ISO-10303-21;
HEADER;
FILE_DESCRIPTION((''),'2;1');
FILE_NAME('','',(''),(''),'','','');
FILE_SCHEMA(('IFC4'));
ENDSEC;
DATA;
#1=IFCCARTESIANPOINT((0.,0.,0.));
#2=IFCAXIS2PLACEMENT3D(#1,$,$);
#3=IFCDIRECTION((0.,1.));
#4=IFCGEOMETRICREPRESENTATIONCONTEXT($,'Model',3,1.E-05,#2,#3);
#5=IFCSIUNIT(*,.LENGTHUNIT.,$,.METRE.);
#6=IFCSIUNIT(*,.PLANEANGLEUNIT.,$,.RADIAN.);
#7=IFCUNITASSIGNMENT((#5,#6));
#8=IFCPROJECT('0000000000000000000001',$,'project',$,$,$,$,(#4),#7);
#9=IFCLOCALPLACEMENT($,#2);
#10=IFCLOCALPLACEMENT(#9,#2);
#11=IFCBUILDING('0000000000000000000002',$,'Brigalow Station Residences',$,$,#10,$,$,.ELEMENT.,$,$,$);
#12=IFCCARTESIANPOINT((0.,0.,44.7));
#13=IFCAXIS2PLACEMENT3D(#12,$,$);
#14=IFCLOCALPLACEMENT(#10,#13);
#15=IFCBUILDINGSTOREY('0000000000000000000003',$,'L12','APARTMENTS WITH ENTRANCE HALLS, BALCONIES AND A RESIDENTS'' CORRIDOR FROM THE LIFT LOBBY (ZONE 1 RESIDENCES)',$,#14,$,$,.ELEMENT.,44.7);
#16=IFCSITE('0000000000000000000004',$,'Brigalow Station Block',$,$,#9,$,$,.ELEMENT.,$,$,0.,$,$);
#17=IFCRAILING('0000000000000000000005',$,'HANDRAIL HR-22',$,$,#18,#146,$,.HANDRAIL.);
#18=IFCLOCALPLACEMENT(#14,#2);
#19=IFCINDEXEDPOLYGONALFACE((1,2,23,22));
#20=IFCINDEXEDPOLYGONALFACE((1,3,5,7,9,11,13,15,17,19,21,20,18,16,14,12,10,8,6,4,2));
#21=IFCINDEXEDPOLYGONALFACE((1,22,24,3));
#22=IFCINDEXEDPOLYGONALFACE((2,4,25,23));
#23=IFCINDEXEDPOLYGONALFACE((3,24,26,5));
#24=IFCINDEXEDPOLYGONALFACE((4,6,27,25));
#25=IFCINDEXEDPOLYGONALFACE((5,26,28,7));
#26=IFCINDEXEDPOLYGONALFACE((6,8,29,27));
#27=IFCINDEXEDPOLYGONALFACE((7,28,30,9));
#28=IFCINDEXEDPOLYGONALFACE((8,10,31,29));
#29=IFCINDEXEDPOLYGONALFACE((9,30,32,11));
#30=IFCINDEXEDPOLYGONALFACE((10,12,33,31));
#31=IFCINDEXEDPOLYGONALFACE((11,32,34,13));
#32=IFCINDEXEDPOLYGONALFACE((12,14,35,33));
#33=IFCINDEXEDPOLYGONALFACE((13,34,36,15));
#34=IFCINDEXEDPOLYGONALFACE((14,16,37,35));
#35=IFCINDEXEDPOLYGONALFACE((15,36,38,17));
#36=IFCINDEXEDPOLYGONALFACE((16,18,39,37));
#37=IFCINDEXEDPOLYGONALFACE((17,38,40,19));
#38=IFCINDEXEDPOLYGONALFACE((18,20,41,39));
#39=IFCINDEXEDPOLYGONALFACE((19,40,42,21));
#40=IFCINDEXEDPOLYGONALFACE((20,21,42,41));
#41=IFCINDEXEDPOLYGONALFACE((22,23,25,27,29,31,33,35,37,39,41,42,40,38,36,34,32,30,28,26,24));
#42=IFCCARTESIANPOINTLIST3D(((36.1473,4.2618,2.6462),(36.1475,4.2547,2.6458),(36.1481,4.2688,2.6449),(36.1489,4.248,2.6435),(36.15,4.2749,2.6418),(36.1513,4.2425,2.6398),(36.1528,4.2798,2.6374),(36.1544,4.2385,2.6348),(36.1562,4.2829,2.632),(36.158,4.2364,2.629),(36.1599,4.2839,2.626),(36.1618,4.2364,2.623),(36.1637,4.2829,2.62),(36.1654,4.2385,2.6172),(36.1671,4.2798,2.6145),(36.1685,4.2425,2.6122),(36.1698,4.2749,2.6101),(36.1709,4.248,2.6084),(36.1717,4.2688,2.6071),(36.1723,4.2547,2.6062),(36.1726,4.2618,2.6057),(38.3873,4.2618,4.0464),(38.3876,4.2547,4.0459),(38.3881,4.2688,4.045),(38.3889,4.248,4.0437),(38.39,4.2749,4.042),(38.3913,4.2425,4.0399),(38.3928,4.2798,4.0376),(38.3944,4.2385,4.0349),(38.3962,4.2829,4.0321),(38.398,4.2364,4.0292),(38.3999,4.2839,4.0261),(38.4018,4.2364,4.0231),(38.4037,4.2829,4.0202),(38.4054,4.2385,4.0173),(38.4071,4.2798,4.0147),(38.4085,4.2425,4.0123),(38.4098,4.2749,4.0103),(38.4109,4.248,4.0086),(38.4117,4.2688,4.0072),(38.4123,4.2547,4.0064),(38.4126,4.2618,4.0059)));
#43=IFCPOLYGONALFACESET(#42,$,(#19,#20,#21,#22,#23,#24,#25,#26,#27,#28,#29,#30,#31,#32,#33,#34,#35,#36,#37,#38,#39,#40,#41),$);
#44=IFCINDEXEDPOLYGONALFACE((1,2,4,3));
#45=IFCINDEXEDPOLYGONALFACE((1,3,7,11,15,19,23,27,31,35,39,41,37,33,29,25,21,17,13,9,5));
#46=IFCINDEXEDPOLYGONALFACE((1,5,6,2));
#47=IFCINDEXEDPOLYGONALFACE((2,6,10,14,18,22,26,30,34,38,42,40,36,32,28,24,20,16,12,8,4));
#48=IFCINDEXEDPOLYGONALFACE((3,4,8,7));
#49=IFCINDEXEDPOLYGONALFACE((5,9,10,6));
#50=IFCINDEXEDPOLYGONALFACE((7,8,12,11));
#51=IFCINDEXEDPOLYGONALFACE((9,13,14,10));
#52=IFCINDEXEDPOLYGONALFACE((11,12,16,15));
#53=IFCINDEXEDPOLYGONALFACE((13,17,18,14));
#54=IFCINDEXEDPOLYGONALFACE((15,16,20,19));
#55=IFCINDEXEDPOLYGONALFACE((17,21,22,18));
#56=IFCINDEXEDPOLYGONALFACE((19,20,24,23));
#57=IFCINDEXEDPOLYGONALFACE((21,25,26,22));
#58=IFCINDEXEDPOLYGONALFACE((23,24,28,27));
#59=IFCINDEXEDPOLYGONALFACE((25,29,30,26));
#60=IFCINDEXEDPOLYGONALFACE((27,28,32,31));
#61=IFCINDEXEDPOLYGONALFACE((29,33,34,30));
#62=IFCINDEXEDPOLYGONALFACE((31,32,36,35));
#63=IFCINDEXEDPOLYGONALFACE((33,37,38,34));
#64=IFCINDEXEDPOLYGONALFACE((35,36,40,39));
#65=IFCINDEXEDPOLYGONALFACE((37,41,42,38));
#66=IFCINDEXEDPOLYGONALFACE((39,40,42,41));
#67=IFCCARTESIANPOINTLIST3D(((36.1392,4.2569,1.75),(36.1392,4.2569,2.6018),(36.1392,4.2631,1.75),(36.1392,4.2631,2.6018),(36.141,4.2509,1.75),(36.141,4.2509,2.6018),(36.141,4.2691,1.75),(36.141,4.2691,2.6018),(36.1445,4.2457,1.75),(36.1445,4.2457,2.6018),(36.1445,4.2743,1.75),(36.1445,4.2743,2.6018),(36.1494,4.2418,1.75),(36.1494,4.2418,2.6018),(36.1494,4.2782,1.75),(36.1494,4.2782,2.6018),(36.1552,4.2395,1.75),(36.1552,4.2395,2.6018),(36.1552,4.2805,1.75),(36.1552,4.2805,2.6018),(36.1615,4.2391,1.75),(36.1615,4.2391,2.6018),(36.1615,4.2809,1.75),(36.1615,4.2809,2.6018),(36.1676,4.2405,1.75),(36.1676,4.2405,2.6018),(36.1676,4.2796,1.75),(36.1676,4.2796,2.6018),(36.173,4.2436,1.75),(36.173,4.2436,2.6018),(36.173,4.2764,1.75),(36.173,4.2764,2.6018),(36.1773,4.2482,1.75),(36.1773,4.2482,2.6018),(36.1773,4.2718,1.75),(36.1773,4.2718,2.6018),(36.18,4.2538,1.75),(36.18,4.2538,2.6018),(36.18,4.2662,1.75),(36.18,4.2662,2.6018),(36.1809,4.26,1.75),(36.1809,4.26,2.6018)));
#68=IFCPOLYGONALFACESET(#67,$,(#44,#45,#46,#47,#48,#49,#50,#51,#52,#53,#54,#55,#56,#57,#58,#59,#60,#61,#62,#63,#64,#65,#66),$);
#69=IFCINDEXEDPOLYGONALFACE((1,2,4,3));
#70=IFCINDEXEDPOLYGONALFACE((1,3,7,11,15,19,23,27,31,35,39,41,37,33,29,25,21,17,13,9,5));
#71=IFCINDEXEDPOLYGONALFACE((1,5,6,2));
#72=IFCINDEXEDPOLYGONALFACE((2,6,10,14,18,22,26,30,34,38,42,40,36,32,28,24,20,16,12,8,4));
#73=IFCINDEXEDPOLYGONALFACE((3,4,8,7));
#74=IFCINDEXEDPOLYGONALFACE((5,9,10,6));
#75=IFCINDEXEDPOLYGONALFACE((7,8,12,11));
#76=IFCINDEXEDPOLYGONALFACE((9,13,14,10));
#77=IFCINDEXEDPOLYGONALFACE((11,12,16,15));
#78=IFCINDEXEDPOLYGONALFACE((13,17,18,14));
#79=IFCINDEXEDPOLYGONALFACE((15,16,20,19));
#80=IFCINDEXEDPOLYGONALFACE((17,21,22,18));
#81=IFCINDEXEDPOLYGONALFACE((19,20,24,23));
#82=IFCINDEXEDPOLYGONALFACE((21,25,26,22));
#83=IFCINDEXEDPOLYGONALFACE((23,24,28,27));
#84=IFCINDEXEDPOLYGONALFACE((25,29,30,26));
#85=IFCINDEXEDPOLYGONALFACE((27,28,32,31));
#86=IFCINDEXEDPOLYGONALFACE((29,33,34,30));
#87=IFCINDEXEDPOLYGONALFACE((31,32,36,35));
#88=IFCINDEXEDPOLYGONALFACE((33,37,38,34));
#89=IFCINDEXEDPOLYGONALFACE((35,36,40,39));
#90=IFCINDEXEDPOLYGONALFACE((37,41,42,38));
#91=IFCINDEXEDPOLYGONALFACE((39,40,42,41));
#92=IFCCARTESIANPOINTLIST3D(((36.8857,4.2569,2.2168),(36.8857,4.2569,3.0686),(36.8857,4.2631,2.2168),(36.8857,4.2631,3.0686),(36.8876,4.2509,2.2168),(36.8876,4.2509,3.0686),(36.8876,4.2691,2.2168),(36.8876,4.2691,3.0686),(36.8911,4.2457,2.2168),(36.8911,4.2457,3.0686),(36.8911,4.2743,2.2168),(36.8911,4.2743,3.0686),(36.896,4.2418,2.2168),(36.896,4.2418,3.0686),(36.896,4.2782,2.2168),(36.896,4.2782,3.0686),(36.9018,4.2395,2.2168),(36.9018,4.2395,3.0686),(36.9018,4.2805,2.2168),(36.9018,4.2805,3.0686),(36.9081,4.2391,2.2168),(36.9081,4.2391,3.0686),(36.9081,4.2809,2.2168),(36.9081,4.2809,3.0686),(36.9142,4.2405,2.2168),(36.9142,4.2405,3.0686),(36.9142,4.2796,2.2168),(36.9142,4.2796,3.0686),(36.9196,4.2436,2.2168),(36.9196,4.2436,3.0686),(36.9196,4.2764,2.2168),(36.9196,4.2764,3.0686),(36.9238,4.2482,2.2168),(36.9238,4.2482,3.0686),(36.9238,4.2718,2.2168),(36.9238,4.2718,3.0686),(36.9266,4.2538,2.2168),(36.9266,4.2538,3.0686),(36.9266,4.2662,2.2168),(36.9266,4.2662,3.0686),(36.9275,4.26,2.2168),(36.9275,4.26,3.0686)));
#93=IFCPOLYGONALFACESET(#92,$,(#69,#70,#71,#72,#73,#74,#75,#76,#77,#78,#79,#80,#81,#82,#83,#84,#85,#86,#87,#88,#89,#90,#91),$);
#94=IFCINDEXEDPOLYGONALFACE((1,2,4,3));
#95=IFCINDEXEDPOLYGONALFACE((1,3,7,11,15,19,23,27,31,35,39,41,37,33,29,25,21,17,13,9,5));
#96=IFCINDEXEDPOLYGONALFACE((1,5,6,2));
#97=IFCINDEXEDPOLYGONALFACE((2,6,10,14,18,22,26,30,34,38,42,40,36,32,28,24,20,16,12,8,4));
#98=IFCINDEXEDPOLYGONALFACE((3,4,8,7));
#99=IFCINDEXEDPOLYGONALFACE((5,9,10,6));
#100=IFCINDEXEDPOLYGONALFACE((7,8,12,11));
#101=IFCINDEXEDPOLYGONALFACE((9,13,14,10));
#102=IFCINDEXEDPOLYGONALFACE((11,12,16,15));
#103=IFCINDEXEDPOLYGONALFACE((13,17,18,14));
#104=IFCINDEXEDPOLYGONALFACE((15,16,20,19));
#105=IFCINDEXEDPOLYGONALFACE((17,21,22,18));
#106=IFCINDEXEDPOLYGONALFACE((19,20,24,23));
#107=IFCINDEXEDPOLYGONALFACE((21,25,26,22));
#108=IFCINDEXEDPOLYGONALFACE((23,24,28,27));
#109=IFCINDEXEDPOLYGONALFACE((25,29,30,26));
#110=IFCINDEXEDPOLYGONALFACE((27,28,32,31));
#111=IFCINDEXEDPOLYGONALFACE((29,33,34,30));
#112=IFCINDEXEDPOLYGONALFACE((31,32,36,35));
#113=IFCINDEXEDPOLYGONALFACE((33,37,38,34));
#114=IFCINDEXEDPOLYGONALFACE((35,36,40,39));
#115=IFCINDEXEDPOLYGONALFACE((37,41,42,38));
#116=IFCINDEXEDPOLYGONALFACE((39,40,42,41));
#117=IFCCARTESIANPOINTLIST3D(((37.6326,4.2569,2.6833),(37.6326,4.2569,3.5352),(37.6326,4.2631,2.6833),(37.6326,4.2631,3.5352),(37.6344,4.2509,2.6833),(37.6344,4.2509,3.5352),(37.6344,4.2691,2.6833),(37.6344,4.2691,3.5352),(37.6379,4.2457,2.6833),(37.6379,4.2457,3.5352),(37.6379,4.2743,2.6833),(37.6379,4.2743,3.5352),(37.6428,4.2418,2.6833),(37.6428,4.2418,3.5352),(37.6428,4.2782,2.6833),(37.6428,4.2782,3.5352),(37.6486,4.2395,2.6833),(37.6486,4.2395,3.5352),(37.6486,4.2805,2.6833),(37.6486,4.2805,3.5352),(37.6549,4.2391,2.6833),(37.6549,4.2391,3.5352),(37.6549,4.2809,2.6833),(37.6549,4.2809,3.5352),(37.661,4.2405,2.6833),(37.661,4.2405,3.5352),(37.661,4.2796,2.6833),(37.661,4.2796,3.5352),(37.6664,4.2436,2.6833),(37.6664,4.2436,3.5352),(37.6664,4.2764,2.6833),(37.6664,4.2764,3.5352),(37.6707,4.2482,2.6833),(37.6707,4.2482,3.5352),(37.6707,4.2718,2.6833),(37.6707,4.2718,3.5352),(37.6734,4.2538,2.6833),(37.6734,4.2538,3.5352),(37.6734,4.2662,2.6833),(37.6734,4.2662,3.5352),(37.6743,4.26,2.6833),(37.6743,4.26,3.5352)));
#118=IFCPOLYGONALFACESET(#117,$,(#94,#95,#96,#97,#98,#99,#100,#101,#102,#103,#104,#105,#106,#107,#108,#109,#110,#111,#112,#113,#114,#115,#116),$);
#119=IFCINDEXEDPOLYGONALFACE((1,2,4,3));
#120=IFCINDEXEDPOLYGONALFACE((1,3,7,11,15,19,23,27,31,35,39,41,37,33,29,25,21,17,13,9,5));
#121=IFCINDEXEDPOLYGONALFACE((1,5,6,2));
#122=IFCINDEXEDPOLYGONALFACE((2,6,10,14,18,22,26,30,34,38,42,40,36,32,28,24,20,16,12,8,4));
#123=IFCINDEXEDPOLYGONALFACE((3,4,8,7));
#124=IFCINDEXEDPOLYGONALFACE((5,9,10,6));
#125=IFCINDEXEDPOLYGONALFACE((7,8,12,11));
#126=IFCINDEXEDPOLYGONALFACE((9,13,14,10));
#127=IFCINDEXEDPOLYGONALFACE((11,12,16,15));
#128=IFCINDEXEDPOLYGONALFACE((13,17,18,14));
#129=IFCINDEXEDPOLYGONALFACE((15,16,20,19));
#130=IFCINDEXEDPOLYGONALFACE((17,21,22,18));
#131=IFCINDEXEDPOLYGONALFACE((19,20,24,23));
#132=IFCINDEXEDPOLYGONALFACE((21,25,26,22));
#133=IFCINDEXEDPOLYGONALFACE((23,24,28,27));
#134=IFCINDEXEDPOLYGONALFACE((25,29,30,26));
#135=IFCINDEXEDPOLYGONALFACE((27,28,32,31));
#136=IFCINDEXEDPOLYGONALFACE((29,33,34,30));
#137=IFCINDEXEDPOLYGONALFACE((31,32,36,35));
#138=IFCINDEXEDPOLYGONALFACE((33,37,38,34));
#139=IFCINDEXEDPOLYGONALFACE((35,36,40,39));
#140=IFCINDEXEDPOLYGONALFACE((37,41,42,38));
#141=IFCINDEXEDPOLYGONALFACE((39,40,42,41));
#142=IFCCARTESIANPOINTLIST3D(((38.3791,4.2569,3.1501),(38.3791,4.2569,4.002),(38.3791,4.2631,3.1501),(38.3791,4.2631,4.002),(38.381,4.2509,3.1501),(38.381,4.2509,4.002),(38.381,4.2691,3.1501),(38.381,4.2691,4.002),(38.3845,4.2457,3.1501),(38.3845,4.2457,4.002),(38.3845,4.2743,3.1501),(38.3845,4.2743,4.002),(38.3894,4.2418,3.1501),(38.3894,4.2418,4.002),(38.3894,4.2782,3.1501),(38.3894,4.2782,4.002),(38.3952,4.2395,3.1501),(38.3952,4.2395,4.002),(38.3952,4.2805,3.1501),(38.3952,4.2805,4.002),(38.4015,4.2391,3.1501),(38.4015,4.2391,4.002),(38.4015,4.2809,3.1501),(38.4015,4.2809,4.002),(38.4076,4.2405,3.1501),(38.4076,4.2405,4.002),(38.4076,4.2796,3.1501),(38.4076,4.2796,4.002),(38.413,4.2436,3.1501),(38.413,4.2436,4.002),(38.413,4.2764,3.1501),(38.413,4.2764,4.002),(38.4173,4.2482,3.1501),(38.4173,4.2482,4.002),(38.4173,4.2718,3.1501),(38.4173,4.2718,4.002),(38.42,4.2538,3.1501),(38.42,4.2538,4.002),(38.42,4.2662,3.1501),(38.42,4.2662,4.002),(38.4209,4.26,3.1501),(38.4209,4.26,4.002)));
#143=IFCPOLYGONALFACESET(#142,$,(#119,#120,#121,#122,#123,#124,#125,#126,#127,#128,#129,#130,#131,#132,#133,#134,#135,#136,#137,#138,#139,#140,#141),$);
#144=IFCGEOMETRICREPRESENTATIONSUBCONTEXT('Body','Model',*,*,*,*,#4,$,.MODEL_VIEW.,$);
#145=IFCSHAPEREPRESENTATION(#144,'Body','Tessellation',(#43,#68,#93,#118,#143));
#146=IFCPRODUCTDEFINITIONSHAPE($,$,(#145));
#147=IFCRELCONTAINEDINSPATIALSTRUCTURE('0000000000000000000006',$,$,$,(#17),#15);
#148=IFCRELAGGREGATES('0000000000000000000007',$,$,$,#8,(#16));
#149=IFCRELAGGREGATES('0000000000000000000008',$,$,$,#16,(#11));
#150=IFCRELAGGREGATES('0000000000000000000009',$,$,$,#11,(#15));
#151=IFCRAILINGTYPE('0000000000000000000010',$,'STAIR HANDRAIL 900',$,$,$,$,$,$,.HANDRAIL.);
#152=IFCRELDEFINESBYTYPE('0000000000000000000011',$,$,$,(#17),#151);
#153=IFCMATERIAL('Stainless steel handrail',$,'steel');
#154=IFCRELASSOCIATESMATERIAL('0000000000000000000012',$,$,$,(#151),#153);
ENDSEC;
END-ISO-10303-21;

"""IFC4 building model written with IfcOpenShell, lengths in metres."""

from ifc_helpers import new_model, si_unit, direction, frame, origin, origin_2d, place, context, subcontext, project, spatial, circle, extrude, material, type_object, element, save


model = new_model("IFC4")

# Units and contexts
model_context = context("Model", 3, precision=1e-05, world=origin(), true_north=direction((0.0, 1.0)))
body_context = subcontext(model_context, "Body", "Model", "MODEL_VIEW")
ifc_project = project(units=[si_unit("LENGTHUNIT", "METRE"), si_unit("PLANEANGLEUNIT", "RADIAN")], contexts=[model_context])

# Site, building, storey
site_placement = place(None, origin())
site = spatial("IfcSite", under=ifc_project, at=site_placement, Name="Brigalow Station Block", CompositionType="ELEMENT", RefElevation=0.0)
building_placement = place(site_placement, origin())
building = spatial("IfcBuilding", under=site, at=building_placement, Name="Brigalow Station Residences", CompositionType="ELEMENT")
storey_placement = place(building_placement, frame((0.0, 0.0, 44.7)))
storey = spatial("IfcBuildingStorey", under=building, at=storey_placement, Name="L12", Description="APARTMENTS WITH ENTRANCE HALLS, BALCONIES AND A RESIDENTS' CORRIDOR FROM THE LIFT LOBBY (ZONE 1 RESIDENCES)", CompositionType="ELEMENT", Elevation=44.7)

# Railing
ifc_material_1 = material(Name="Stainless steel handrail", Category="steel")
railing_type_1 = type_object("IfcRailingType", Name="STAIR HANDRAIL 900", PredefinedType="HANDRAIL", material=ifc_material_1)
railing_1_placement = place(storey_placement, frame((36.1599, 4.26, 1.75)))
element("IfcRailing", 1, at=railing_1_placement, inside=storey, type_object=railing_type_1, Name="HANDRAIL HR-22", PredefinedType="HANDRAIL", context=body_context, shape_type="SweptSolid", body=[
    extrude(circle(Radius=0.0239, at=origin_2d()), frame((0.0, 0.0, 0.876), z_axis=(0.847972, 0.0, 0.53004), x_axis=(0.0, 1.0, 0.0)), (0.0, 0.0, 1.0), 2.6416),
    extrude(circle(Radius=0.021, at=origin_2d()), origin(), (0.0, 0.0, 1.0), 0.8518),
    extrude(circle(Radius=0.021, at=origin_2d()), frame((0.7466, 0.0, 0.4668)), (0.0, 0.0, 1.0), 0.8518),
    extrude(circle(Radius=0.021, at=origin_2d()), frame((1.4934, 0.0, 0.9333)), (0.0, 0.0, 1.0), 0.8518),
    extrude(circle(Radius=0.021, at=origin_2d()), frame((2.24, 0.0, 1.4001)), (0.0, 0.0, 1.0), 0.8518),
])

save(model, "model.ifc")
